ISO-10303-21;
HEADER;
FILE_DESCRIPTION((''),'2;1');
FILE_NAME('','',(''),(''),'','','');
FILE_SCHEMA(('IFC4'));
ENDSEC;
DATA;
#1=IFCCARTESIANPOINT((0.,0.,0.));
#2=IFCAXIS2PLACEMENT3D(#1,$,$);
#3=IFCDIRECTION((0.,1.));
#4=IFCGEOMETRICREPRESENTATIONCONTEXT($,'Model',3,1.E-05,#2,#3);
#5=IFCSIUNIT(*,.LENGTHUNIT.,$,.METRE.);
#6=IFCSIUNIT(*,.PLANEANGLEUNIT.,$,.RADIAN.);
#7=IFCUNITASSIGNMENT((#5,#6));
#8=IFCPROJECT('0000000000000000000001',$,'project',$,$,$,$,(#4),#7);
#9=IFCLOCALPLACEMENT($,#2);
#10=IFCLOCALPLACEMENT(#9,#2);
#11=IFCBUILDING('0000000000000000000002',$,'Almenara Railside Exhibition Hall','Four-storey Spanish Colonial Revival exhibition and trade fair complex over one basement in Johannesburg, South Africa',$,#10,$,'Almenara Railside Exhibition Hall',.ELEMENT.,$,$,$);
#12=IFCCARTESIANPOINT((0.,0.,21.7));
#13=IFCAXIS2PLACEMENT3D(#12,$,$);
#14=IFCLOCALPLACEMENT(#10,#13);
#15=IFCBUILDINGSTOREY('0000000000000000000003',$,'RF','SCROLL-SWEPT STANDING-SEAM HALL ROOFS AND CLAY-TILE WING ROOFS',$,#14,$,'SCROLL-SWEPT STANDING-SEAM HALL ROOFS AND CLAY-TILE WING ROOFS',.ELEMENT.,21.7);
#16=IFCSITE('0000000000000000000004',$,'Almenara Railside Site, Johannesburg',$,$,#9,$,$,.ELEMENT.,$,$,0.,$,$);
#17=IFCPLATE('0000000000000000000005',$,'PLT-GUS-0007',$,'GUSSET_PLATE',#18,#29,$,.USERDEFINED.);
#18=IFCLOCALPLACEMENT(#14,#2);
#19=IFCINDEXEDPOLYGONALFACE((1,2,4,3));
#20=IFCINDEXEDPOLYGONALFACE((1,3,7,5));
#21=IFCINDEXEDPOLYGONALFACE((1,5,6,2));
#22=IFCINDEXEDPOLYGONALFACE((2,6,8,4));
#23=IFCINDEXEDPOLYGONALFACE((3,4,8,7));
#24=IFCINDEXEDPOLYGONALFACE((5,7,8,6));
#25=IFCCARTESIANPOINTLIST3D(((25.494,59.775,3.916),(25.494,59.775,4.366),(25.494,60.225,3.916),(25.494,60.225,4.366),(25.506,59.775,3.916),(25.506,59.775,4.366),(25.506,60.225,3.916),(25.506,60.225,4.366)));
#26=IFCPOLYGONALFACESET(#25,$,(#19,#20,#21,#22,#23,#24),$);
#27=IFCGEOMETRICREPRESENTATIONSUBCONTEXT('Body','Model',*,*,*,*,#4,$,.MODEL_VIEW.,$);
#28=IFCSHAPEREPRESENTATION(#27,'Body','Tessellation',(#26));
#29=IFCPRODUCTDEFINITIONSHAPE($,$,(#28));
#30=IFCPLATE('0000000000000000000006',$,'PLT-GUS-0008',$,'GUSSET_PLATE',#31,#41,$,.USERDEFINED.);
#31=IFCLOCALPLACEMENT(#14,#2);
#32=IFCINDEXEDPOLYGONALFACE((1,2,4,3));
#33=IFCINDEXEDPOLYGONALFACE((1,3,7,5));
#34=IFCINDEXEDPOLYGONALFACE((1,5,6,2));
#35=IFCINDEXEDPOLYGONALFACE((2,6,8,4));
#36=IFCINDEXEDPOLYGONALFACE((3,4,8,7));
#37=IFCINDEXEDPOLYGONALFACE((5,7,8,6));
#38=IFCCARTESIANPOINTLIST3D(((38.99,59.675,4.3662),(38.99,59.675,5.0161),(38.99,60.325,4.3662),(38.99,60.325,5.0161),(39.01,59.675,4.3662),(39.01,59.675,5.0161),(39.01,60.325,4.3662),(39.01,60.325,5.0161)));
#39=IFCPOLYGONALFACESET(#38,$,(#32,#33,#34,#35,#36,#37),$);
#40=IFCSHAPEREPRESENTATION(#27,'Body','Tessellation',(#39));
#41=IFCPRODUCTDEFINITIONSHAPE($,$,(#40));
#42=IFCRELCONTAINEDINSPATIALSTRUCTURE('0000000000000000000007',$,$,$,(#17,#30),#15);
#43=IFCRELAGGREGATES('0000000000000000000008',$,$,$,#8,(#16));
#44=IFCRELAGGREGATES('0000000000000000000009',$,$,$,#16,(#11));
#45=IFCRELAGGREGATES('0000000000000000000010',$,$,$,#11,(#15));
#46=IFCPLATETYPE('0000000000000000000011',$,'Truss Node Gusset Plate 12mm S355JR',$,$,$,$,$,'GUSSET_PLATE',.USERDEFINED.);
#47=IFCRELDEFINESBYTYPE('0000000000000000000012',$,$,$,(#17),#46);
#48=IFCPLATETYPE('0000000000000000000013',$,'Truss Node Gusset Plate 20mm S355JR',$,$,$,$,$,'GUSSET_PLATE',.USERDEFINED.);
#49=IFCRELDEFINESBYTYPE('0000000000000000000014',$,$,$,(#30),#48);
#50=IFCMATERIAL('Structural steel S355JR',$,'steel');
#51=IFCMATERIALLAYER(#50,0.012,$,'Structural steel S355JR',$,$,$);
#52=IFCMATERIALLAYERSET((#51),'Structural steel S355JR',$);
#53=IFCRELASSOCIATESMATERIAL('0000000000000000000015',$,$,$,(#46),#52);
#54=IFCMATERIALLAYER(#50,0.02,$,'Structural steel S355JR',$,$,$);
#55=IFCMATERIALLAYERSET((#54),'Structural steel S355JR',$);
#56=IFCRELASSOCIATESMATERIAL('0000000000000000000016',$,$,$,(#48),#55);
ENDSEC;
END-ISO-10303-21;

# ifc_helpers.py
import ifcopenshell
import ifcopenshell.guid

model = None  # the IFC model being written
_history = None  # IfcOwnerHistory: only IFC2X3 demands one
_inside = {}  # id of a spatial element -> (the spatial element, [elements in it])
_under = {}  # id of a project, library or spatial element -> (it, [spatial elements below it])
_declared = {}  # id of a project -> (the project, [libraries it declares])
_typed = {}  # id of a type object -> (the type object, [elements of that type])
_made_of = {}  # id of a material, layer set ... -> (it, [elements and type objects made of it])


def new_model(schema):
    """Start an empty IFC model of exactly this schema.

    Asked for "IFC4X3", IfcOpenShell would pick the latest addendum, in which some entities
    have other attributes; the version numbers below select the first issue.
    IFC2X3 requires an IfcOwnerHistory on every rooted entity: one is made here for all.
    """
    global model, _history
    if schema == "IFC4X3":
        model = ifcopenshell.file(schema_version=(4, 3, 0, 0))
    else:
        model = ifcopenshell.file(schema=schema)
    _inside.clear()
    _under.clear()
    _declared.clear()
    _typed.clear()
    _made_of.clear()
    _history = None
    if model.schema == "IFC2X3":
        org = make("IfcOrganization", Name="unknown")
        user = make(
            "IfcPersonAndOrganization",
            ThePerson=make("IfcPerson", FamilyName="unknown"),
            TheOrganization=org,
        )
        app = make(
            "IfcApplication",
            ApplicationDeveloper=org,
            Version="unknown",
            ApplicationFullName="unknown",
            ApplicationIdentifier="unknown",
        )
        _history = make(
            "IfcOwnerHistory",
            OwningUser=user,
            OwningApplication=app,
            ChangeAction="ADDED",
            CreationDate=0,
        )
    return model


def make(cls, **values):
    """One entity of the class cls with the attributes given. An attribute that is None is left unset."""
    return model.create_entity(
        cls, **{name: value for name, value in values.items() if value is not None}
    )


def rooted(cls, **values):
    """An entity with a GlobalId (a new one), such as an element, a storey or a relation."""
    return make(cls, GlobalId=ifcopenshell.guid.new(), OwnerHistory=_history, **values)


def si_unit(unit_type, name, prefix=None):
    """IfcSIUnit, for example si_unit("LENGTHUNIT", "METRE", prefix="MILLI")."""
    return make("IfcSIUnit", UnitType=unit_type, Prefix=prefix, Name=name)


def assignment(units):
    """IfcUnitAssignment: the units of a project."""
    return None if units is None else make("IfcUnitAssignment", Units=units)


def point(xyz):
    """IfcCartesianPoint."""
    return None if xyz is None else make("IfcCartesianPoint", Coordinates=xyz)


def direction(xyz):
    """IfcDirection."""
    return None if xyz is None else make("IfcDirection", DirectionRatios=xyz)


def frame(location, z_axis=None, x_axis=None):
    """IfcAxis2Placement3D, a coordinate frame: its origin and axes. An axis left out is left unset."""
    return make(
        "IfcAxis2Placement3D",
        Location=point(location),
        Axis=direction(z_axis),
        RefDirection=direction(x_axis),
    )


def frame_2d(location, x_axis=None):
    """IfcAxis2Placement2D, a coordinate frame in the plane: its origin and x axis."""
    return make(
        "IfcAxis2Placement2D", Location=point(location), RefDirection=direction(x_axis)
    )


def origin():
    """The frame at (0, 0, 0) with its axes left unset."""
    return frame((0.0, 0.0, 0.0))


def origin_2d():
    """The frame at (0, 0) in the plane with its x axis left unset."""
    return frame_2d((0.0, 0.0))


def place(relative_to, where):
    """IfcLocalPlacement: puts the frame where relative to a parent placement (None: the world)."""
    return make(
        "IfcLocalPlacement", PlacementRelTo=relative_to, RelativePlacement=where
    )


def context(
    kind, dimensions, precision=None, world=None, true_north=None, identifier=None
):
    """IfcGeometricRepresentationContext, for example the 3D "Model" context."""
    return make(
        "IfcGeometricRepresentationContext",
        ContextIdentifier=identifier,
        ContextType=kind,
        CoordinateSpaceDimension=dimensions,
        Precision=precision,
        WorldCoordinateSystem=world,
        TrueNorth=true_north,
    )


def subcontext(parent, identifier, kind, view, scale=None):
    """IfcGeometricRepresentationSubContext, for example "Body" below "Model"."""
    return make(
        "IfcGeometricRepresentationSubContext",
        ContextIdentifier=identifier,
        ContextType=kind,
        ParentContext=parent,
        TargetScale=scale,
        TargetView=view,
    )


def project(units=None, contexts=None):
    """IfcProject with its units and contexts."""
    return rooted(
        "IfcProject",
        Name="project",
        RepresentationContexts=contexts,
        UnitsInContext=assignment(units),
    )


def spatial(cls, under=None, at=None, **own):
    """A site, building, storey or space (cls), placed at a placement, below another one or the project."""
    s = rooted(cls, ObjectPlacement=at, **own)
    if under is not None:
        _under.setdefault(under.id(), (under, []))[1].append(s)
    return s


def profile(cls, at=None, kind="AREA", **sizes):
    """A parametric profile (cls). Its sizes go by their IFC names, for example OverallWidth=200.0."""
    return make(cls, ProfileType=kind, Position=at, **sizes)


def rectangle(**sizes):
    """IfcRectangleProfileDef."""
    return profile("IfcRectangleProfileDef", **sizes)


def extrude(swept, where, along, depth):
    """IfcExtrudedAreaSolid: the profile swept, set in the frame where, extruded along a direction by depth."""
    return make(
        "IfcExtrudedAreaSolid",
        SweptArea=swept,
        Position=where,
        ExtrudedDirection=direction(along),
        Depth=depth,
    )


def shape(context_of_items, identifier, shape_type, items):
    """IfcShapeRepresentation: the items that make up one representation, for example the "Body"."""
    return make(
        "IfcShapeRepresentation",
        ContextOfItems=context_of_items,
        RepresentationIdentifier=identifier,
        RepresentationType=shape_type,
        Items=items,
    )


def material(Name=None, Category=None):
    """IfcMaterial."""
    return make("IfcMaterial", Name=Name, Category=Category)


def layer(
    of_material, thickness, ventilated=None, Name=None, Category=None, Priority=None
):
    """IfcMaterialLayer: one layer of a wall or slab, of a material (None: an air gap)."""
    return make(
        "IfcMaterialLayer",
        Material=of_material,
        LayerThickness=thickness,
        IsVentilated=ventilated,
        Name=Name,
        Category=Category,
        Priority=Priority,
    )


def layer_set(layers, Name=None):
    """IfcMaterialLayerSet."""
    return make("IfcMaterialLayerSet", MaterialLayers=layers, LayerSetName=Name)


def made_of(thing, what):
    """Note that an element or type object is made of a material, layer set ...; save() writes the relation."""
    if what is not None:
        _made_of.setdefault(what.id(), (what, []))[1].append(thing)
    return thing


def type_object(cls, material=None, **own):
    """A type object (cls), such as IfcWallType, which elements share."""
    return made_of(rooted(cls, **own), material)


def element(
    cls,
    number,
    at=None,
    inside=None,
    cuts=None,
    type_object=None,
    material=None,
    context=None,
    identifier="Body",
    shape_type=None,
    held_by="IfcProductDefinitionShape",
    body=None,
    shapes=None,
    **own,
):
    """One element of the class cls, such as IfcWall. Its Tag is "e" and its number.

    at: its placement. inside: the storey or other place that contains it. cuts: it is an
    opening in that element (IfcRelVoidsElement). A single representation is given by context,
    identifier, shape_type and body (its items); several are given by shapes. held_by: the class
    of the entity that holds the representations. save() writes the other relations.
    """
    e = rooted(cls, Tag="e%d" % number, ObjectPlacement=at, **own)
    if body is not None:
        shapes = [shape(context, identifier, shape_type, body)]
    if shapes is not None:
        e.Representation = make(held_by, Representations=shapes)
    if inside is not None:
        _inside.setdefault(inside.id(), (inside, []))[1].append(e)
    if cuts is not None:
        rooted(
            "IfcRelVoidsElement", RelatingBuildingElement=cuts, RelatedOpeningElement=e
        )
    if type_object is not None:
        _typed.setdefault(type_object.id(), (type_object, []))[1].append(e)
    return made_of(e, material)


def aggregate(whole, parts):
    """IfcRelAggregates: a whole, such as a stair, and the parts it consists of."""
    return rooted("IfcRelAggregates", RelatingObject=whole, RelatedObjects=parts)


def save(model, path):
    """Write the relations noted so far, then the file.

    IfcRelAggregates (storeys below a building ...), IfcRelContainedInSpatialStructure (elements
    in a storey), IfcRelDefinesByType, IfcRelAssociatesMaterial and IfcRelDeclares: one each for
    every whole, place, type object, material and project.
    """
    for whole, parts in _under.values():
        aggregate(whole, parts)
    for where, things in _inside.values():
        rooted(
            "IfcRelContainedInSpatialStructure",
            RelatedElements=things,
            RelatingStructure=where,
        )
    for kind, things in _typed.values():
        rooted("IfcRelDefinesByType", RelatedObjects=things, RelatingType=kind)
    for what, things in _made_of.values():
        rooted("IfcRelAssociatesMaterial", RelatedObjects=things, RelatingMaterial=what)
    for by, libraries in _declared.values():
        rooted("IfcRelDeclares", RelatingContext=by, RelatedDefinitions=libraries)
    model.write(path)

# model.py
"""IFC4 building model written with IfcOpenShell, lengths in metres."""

from ifc_helpers import new_model, si_unit, direction, frame, origin, origin_2d, place, context, subcontext, project, spatial, rectangle, extrude, material, layer, layer_set, type_object, element, save


model = new_model("IFC4")

# Units and contexts
model_context = context("Model", 3, precision=1e-05, world=origin(), true_north=direction((0.0, 1.0)))
body_context = subcontext(model_context, "Body", "Model", "MODEL_VIEW")
ifc_project = project(units=[si_unit("LENGTHUNIT", "METRE"), si_unit("PLANEANGLEUNIT", "RADIAN")], contexts=[model_context])

# Site, building, storey
site_placement = place(None, origin())
site = spatial("IfcSite", under=ifc_project, at=site_placement, Name="Almenara Railside Site, Johannesburg", CompositionType="ELEMENT", RefElevation=0.0)
building_placement = place(site_placement, origin())
building = spatial("IfcBuilding", under=site, at=building_placement, Name="Almenara Railside Exhibition Hall", Description="Four-storey Spanish Colonial Revival exhibition and trade fair complex over one basement in Johannesburg, South Africa", LongName="Almenara Railside Exhibition Hall", CompositionType="ELEMENT")
storey_placement = place(building_placement, frame((0.0, 0.0, 21.7)))
storey = spatial("IfcBuildingStorey", under=building, at=storey_placement, Name="RF", Description="SCROLL-SWEPT STANDING-SEAM HALL ROOFS AND CLAY-TILE WING ROOFS", LongName="SCROLL-SWEPT STANDING-SEAM HALL ROOFS AND CLAY-TILE WING ROOFS", CompositionType="ELEMENT", Elevation=21.7)

# Shared definitions
ifc_material_1 = material(Name="Structural steel S355JR", Category="steel")

# Plates
ifc_layer_1 = layer(ifc_material_1, 0.012, Name="Structural steel S355JR")
ifc_layer_set_1 = layer_set([ifc_layer_1], Name="Structural steel S355JR")
plate_type_1 = type_object("IfcPlateType", Name="Truss Node Gusset Plate 12mm S355JR", ElementType="GUSSET_PLATE", PredefinedType="USERDEFINED", material=ifc_layer_set_1)
plate_1_placement = place(storey_placement, frame((25.5, 60.0, 3.916), z_axis=(0.0, 0.0, 1.0), x_axis=(0.0, 1.0, 0.0)))
element("IfcPlate", 1, at=plate_1_placement, inside=storey, type_object=plate_type_1, Name="PLT-GUS-0007", ObjectType="GUSSET_PLATE", PredefinedType="USERDEFINED", context=body_context, shape_type="SweptSolid", body=[
    extrude(rectangle(XDim=0.45, YDim=0.012, at=origin_2d()), origin(), (0.0, 0.0, 1.0), 0.45),
])
ifc_layer_2 = layer(ifc_material_1, 0.02, Name="Structural steel S355JR")
ifc_layer_set_2 = layer_set([ifc_layer_2], Name="Structural steel S355JR")
plate_type_2 = type_object("IfcPlateType", Name="Truss Node Gusset Plate 20mm S355JR", ElementType="GUSSET_PLATE", PredefinedType="USERDEFINED", material=ifc_layer_set_2)
plate_2_placement = place(storey_placement, frame((39.0, 60.0, 4.3662), z_axis=(0.0, 0.0, 1.0), x_axis=(0.0, 1.0, 0.0)))
element("IfcPlate", 2, at=plate_2_placement, inside=storey, type_object=plate_type_2, Name="PLT-GUS-0008", ObjectType="GUSSET_PLATE", PredefinedType="USERDEFINED", context=body_context, shape_type="SweptSolid", body=[
    extrude(rectangle(XDim=0.6499, YDim=0.02, at=origin_2d()), origin(), (0.0, 0.0, 1.0), 0.6499),
])

save(model, "model.ifc")
